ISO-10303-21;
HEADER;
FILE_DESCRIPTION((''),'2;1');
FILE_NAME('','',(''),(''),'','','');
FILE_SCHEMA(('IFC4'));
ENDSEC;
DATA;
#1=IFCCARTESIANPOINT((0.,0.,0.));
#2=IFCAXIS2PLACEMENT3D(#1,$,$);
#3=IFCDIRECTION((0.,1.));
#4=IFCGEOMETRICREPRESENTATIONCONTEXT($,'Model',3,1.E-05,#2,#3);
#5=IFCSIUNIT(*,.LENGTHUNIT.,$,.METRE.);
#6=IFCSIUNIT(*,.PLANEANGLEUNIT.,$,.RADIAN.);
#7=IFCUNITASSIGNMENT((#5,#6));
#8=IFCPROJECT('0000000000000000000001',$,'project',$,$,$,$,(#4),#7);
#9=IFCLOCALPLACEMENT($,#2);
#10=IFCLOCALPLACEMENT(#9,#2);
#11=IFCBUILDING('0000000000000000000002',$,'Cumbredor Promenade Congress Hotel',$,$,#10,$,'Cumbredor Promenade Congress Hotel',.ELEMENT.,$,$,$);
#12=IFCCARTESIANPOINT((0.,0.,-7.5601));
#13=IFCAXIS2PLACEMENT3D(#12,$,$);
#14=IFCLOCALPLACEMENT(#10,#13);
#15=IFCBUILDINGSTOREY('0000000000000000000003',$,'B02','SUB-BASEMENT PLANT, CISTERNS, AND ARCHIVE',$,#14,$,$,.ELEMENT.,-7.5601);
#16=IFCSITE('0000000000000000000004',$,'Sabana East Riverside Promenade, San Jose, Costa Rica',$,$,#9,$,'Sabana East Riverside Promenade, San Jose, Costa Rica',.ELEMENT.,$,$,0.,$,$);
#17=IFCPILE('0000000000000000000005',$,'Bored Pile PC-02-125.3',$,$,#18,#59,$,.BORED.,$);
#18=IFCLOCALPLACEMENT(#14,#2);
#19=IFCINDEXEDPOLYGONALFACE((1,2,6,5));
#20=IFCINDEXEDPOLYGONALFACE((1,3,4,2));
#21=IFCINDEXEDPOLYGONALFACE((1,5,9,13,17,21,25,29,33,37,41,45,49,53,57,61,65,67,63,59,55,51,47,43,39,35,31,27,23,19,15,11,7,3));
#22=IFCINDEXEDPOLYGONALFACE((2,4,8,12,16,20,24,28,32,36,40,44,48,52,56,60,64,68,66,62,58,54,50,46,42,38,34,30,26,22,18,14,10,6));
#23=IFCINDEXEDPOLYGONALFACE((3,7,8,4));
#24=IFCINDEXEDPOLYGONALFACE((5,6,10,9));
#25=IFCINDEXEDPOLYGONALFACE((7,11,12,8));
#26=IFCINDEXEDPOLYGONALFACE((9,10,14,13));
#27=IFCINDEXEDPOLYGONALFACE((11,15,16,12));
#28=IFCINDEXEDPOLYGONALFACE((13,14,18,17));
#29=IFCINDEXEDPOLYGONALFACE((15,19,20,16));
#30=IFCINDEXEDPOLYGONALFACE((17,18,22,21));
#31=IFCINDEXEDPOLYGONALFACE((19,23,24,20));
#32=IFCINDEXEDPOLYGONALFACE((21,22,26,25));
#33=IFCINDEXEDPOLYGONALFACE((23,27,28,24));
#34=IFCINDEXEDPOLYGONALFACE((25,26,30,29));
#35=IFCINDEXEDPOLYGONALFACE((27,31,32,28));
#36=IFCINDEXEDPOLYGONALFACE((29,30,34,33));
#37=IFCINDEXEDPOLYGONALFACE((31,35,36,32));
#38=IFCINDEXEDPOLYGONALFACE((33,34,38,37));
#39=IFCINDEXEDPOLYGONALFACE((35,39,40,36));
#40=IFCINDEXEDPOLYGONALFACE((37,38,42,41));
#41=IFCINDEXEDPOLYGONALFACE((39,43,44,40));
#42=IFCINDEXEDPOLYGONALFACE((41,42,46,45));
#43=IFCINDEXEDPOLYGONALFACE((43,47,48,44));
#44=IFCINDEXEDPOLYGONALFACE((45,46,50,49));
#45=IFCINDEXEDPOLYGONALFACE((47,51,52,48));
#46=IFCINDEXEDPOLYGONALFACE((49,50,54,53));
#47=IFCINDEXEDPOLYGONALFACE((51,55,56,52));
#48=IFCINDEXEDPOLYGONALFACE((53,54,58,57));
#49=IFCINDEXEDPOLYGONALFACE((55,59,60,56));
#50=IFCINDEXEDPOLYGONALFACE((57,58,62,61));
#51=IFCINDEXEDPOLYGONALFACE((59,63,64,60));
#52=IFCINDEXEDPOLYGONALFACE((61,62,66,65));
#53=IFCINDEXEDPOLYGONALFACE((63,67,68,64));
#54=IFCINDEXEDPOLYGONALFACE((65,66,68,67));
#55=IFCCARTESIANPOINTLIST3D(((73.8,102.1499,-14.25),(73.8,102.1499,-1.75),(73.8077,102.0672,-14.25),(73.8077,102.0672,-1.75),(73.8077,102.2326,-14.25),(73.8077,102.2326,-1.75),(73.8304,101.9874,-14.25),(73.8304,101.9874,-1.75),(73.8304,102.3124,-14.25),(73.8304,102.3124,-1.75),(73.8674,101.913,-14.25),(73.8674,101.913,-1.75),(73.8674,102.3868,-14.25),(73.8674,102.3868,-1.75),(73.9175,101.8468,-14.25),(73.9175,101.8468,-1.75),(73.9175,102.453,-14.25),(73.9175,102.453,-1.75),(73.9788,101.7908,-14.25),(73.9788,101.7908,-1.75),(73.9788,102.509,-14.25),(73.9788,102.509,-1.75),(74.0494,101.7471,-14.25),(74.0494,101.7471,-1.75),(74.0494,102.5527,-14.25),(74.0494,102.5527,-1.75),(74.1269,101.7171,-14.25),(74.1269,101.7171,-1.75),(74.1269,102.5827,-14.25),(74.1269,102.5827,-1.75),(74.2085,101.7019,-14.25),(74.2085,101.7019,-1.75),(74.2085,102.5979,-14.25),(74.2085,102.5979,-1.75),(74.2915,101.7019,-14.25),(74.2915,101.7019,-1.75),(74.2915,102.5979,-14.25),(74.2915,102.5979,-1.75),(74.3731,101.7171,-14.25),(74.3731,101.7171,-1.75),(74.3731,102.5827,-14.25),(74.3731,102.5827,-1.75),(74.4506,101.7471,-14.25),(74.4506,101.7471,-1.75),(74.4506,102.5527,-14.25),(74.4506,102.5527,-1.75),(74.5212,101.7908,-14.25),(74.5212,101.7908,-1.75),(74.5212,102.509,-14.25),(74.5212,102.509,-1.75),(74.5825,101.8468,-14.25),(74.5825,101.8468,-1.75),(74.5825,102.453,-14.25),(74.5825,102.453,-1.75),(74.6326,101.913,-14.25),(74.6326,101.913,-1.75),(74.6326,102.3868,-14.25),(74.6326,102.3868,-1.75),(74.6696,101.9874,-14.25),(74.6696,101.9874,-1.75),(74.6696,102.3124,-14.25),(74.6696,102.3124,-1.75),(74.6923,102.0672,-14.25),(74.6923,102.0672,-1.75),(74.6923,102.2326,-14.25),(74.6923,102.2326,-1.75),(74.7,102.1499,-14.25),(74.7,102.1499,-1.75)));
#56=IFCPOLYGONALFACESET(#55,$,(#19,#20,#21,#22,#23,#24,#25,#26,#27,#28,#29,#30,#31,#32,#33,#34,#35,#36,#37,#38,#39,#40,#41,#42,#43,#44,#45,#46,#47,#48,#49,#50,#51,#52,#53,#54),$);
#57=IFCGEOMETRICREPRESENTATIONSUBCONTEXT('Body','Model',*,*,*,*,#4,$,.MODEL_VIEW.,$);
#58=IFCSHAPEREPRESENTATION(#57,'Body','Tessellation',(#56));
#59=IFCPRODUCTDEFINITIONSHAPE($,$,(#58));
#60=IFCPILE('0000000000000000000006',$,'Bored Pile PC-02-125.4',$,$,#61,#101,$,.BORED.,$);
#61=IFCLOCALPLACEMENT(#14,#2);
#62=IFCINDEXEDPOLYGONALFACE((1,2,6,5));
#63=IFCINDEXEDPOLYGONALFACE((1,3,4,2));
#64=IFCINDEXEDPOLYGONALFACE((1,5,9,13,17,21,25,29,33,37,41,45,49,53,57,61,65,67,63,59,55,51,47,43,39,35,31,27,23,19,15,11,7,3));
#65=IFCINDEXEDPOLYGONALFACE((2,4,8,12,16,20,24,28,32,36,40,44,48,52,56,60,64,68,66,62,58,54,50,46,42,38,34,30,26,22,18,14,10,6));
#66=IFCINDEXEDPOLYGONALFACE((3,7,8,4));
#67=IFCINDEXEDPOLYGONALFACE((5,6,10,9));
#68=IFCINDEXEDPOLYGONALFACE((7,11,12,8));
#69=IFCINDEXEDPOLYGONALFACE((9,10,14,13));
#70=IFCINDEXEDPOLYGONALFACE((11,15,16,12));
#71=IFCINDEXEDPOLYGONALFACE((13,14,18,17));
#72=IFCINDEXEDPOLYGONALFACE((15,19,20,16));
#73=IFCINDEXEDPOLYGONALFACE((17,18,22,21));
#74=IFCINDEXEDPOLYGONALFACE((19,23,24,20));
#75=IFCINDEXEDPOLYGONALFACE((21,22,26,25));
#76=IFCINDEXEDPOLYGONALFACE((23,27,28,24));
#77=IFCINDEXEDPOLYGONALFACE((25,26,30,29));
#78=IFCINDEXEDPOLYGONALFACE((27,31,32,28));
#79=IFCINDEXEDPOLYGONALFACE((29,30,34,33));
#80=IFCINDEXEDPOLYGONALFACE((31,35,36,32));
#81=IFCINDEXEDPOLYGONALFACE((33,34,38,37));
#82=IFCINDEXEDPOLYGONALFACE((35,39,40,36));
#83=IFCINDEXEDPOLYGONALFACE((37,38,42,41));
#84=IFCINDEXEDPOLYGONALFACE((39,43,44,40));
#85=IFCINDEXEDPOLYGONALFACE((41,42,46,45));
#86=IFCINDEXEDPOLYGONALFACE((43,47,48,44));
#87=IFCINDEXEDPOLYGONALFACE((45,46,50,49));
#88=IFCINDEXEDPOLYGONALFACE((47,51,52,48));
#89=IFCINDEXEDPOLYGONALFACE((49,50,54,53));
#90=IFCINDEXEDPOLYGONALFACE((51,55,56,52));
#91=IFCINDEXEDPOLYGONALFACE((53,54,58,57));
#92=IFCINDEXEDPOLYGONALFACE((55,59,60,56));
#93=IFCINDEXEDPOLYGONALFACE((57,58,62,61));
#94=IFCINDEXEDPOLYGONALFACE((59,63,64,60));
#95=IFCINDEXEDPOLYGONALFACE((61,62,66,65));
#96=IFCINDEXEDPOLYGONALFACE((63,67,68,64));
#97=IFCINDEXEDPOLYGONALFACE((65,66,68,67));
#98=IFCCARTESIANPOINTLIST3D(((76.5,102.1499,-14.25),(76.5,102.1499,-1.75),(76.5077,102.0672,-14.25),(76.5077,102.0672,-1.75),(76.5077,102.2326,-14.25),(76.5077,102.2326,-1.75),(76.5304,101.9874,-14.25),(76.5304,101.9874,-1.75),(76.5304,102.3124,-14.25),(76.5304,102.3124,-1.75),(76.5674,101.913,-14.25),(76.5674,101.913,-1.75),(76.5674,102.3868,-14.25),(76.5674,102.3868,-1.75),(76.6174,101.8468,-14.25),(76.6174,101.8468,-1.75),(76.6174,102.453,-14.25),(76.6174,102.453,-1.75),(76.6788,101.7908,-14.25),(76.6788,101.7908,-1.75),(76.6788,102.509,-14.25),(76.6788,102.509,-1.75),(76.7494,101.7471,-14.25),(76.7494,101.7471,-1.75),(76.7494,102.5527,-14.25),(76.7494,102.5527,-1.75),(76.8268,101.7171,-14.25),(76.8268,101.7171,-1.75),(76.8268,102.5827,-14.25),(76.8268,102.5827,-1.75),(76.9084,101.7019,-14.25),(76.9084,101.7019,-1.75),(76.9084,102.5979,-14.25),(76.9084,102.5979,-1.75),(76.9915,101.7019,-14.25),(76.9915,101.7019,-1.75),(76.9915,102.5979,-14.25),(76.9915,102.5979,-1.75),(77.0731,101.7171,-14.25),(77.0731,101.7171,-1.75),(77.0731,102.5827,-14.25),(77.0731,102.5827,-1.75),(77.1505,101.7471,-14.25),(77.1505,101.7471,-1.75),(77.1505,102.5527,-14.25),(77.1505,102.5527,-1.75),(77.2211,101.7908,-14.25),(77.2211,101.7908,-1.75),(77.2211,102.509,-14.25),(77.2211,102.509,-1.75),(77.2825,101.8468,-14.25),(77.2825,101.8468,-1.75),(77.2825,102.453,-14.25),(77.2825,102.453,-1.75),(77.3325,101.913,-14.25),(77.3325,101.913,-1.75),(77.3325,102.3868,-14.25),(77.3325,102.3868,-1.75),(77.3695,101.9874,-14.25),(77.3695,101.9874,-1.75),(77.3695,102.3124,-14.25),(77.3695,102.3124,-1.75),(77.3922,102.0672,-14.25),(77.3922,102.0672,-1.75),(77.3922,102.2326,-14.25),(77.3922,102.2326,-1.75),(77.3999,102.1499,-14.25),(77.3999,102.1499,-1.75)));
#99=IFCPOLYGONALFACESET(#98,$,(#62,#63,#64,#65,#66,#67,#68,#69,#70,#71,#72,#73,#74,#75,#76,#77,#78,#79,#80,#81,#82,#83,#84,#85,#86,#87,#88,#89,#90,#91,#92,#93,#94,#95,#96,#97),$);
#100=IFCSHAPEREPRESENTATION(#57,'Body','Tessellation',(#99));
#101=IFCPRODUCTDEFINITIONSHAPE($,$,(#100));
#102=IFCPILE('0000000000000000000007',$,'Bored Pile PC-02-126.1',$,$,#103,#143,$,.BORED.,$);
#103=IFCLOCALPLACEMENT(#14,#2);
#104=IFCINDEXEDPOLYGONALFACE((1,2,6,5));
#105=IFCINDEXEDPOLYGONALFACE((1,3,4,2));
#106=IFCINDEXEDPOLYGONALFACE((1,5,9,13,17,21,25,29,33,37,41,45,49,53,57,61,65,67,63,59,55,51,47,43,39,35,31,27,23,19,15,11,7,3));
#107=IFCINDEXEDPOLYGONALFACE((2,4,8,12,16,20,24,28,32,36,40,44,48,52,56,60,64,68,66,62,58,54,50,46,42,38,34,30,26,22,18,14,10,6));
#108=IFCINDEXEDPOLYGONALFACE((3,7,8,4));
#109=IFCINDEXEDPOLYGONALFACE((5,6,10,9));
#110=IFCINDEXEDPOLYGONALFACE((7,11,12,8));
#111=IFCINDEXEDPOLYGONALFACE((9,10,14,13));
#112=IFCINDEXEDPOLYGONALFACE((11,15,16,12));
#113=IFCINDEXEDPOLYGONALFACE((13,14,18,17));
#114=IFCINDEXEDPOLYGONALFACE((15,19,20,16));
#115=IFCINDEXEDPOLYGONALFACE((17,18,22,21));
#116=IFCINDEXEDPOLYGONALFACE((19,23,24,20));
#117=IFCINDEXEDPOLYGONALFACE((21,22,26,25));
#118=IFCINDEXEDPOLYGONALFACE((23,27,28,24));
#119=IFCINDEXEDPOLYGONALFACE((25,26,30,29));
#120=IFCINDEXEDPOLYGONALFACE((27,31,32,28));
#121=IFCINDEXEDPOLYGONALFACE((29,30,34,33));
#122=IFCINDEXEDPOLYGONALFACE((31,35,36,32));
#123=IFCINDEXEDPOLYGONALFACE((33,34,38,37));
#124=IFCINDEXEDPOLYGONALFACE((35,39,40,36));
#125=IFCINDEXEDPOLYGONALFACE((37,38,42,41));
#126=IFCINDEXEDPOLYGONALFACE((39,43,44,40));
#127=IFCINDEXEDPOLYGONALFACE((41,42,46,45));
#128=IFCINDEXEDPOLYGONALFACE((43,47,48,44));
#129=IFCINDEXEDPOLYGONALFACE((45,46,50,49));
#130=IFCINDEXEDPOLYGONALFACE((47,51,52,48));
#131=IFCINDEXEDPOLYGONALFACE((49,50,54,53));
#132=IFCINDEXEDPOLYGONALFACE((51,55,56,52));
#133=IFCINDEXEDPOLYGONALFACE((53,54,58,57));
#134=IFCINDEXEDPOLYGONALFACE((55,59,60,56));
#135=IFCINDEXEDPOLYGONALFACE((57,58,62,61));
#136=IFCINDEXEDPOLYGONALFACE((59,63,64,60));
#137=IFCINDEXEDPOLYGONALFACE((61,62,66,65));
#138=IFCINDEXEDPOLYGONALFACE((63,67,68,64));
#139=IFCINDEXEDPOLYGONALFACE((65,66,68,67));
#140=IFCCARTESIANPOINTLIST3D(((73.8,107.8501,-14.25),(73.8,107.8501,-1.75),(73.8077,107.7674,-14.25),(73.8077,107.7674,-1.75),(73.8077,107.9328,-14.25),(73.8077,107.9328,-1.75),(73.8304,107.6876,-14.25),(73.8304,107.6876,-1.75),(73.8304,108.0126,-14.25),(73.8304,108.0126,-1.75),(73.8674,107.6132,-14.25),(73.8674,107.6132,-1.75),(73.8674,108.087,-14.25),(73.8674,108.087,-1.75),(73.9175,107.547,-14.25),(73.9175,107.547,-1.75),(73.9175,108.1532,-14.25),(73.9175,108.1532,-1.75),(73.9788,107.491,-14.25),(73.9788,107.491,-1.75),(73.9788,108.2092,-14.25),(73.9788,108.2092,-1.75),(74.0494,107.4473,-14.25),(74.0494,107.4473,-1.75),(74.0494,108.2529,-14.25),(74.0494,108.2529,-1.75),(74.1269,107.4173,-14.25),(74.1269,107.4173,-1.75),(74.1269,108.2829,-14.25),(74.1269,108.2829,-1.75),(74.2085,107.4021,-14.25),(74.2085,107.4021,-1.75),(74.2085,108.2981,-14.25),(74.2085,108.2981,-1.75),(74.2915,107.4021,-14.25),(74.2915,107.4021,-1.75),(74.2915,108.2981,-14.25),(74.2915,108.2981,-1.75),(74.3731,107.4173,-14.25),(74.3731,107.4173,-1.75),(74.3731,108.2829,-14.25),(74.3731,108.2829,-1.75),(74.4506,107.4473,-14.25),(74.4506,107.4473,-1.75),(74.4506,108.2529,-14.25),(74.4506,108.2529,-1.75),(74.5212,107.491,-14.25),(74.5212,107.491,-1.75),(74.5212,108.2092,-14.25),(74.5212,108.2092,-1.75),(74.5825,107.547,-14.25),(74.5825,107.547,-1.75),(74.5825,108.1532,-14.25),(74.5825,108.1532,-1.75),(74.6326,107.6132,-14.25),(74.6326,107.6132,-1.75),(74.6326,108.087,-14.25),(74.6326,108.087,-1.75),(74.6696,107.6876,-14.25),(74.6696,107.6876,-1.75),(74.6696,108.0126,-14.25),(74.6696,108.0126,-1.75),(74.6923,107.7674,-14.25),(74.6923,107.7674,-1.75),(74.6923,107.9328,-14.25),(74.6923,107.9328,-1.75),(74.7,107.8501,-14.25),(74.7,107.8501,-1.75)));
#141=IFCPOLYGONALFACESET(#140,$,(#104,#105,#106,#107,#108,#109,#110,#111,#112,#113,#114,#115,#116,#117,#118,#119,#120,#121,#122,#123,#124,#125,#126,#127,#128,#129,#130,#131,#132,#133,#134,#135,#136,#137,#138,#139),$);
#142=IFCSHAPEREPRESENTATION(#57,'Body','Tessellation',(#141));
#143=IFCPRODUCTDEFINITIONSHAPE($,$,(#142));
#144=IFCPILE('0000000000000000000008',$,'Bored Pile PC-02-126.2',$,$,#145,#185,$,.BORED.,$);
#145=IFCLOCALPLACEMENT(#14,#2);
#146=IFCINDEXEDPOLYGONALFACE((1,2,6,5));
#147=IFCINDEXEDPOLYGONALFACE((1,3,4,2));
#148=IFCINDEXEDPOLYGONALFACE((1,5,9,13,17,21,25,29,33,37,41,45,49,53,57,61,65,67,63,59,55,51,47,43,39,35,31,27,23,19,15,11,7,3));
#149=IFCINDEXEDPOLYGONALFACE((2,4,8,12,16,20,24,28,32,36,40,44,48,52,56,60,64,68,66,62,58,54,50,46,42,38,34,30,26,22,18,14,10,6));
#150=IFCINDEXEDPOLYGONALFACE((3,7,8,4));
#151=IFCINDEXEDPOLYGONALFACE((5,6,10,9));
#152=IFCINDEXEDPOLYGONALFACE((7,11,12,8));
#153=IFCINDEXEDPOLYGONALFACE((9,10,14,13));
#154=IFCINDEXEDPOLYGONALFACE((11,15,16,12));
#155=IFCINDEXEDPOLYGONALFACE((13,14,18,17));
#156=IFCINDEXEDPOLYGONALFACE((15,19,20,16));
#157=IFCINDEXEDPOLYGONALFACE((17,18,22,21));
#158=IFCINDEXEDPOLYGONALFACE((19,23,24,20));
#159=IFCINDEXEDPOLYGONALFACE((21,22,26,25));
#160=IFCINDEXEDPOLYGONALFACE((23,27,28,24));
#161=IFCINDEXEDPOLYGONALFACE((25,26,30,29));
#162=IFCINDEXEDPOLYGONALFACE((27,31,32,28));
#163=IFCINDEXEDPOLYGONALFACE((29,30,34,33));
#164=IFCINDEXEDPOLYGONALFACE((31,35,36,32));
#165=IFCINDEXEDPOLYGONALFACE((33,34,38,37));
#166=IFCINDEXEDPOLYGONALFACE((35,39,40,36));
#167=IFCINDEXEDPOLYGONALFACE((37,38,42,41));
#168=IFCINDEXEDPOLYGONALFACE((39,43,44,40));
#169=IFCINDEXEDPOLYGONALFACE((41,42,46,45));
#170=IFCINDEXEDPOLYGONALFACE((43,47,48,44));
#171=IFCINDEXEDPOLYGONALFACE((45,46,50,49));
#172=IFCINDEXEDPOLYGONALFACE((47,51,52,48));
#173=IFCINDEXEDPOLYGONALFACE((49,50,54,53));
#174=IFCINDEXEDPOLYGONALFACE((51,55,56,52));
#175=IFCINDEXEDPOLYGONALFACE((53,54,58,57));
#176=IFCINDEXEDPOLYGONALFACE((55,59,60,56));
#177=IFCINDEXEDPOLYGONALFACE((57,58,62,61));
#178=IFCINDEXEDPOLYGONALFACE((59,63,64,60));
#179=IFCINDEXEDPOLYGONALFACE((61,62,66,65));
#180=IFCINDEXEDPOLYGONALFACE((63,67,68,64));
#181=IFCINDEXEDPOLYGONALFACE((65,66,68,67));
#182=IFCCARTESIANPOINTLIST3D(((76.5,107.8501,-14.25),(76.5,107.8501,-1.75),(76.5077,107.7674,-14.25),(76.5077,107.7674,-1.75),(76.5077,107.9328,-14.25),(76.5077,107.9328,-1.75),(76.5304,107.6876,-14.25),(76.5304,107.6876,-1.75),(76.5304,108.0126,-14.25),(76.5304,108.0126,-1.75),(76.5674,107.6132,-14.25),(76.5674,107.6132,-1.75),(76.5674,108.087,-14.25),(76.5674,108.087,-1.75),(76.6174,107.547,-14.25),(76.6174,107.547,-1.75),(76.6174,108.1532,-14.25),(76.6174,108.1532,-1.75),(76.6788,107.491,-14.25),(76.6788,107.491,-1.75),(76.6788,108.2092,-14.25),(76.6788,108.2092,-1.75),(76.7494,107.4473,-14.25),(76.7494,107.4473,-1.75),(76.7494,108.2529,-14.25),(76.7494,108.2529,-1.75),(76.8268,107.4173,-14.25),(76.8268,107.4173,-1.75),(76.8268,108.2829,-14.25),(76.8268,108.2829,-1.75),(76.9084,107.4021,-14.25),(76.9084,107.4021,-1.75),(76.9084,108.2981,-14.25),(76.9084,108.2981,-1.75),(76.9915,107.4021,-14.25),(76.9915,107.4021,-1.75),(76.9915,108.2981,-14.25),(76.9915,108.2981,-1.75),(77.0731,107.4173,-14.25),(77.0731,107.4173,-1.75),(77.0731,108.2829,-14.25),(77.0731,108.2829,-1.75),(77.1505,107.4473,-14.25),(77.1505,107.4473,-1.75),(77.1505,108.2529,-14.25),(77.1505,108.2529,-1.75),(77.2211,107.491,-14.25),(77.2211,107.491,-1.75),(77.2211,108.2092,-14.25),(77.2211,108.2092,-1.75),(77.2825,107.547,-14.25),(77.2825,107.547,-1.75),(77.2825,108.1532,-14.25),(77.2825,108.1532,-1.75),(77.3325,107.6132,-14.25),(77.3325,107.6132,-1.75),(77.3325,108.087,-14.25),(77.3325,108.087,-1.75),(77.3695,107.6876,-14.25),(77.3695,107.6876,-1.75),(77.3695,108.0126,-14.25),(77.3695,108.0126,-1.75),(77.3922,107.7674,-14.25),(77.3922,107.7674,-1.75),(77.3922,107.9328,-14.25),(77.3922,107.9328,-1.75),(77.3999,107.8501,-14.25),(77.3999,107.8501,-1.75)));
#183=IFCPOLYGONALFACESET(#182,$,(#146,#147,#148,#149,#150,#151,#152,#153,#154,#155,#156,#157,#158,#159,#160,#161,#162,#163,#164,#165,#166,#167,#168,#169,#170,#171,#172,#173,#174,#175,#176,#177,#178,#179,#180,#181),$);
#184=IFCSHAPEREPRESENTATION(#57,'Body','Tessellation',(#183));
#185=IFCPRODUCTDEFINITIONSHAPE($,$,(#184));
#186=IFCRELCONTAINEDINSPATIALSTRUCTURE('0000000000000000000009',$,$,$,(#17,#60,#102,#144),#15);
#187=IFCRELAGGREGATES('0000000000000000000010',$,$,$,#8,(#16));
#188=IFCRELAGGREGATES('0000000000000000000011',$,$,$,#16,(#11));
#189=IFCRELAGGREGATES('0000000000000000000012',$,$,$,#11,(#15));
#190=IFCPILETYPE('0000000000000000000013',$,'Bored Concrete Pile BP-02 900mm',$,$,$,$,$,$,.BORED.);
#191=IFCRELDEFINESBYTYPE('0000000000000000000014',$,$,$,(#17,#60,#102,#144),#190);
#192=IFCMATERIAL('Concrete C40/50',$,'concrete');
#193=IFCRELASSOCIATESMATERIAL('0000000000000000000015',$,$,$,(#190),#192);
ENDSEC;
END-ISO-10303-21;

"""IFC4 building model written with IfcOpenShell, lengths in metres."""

from ifc_helpers import new_model, si_unit, direction, frame, origin, origin_2d, place, context, subcontext, project, spatial, circle, extrude, material, material_profile, profile_set, type_object, element, save


model = new_model("IFC4")

# Units and contexts
model_context = context("Model", 3, precision=1e-05, world=origin(), true_north=direction((0.0, 1.0)))
body_context = subcontext(model_context, "Body", "Model", "MODEL_VIEW")
ifc_project = project(units=[si_unit("LENGTHUNIT", "METRE"), si_unit("PLANEANGLEUNIT", "RADIAN")], contexts=[model_context])

# Site, building, storey
site_placement = place(None, origin())
site = spatial("IfcSite", under=ifc_project, at=site_placement, Name="Sabana East Riverside Promenade, San Jose, Costa Rica", LongName="Sabana East Riverside Promenade, San Jose, Costa Rica", CompositionType="ELEMENT", RefElevation=0.0)
building_placement = place(site_placement, origin())
building = spatial("IfcBuilding", under=site, at=building_placement, Name="Cumbredor Promenade Congress Hotel", LongName="Cumbredor Promenade Congress Hotel", CompositionType="ELEMENT")
storey_placement = place(building_placement, frame((0.0, 0.0, -7.5601)))
storey = spatial("IfcBuildingStorey", under=building, at=storey_placement, Name="B02", Description="SUB-BASEMENT PLANT, CISTERNS, AND ARCHIVE", CompositionType="ELEMENT", Elevation=-7.5601)

# Piles
ifc_material_1 = material(Name="Concrete C40/50", Category="concrete")
ifc_material_profile_1 = material_profile(ifc_material_1, circle(Radius=0.45, at=origin_2d()), Name="PILE D900")
ifc_profile_set_1 = profile_set([ifc_material_profile_1], Name="Concrete C40/50")
pile_type_1 = type_object("IfcPileType", Name="Bored Concrete Pile BP-02 900mm", PredefinedType="BORED", material=ifc_profile_set_1)
for number, where, z_axis, x_axis, name in (
    (1, (74.25, 102.1499, -1.75), (0.0, 0.0, -1.0), (1.0, 0.0, 0.0), "Bored Pile PC-02-125.3"),
    (2, (76.95, 102.1499, -1.75), (0.0, 0.0, -1.0), (1.0, 0.0, 0.0), "Bored Pile PC-02-125.4"),
    (3, (74.25, 107.8501, -1.75), (0.0, 0.0, -1.0), (1.0, 0.0, 0.0), "Bored Pile PC-02-126.1"),
    (4, (76.95, 107.8501, -1.75), (0.0, 0.0, -1.0), (1.0, 0.0, 0.0), "Bored Pile PC-02-126.2"),
):
    element("IfcPile", number, at=place(storey_placement, frame(where, z_axis=z_axis, x_axis=x_axis)), inside=storey, type_object=pile_type_1, Name=name, PredefinedType="BORED", context=body_context, shape_type="SweptSolid", body=[
        extrude(circle(Radius=0.45, at=origin_2d()), origin(), (0.0, 0.0, 1.0), 12.5),
    ])

save(model, "model.ifc")
